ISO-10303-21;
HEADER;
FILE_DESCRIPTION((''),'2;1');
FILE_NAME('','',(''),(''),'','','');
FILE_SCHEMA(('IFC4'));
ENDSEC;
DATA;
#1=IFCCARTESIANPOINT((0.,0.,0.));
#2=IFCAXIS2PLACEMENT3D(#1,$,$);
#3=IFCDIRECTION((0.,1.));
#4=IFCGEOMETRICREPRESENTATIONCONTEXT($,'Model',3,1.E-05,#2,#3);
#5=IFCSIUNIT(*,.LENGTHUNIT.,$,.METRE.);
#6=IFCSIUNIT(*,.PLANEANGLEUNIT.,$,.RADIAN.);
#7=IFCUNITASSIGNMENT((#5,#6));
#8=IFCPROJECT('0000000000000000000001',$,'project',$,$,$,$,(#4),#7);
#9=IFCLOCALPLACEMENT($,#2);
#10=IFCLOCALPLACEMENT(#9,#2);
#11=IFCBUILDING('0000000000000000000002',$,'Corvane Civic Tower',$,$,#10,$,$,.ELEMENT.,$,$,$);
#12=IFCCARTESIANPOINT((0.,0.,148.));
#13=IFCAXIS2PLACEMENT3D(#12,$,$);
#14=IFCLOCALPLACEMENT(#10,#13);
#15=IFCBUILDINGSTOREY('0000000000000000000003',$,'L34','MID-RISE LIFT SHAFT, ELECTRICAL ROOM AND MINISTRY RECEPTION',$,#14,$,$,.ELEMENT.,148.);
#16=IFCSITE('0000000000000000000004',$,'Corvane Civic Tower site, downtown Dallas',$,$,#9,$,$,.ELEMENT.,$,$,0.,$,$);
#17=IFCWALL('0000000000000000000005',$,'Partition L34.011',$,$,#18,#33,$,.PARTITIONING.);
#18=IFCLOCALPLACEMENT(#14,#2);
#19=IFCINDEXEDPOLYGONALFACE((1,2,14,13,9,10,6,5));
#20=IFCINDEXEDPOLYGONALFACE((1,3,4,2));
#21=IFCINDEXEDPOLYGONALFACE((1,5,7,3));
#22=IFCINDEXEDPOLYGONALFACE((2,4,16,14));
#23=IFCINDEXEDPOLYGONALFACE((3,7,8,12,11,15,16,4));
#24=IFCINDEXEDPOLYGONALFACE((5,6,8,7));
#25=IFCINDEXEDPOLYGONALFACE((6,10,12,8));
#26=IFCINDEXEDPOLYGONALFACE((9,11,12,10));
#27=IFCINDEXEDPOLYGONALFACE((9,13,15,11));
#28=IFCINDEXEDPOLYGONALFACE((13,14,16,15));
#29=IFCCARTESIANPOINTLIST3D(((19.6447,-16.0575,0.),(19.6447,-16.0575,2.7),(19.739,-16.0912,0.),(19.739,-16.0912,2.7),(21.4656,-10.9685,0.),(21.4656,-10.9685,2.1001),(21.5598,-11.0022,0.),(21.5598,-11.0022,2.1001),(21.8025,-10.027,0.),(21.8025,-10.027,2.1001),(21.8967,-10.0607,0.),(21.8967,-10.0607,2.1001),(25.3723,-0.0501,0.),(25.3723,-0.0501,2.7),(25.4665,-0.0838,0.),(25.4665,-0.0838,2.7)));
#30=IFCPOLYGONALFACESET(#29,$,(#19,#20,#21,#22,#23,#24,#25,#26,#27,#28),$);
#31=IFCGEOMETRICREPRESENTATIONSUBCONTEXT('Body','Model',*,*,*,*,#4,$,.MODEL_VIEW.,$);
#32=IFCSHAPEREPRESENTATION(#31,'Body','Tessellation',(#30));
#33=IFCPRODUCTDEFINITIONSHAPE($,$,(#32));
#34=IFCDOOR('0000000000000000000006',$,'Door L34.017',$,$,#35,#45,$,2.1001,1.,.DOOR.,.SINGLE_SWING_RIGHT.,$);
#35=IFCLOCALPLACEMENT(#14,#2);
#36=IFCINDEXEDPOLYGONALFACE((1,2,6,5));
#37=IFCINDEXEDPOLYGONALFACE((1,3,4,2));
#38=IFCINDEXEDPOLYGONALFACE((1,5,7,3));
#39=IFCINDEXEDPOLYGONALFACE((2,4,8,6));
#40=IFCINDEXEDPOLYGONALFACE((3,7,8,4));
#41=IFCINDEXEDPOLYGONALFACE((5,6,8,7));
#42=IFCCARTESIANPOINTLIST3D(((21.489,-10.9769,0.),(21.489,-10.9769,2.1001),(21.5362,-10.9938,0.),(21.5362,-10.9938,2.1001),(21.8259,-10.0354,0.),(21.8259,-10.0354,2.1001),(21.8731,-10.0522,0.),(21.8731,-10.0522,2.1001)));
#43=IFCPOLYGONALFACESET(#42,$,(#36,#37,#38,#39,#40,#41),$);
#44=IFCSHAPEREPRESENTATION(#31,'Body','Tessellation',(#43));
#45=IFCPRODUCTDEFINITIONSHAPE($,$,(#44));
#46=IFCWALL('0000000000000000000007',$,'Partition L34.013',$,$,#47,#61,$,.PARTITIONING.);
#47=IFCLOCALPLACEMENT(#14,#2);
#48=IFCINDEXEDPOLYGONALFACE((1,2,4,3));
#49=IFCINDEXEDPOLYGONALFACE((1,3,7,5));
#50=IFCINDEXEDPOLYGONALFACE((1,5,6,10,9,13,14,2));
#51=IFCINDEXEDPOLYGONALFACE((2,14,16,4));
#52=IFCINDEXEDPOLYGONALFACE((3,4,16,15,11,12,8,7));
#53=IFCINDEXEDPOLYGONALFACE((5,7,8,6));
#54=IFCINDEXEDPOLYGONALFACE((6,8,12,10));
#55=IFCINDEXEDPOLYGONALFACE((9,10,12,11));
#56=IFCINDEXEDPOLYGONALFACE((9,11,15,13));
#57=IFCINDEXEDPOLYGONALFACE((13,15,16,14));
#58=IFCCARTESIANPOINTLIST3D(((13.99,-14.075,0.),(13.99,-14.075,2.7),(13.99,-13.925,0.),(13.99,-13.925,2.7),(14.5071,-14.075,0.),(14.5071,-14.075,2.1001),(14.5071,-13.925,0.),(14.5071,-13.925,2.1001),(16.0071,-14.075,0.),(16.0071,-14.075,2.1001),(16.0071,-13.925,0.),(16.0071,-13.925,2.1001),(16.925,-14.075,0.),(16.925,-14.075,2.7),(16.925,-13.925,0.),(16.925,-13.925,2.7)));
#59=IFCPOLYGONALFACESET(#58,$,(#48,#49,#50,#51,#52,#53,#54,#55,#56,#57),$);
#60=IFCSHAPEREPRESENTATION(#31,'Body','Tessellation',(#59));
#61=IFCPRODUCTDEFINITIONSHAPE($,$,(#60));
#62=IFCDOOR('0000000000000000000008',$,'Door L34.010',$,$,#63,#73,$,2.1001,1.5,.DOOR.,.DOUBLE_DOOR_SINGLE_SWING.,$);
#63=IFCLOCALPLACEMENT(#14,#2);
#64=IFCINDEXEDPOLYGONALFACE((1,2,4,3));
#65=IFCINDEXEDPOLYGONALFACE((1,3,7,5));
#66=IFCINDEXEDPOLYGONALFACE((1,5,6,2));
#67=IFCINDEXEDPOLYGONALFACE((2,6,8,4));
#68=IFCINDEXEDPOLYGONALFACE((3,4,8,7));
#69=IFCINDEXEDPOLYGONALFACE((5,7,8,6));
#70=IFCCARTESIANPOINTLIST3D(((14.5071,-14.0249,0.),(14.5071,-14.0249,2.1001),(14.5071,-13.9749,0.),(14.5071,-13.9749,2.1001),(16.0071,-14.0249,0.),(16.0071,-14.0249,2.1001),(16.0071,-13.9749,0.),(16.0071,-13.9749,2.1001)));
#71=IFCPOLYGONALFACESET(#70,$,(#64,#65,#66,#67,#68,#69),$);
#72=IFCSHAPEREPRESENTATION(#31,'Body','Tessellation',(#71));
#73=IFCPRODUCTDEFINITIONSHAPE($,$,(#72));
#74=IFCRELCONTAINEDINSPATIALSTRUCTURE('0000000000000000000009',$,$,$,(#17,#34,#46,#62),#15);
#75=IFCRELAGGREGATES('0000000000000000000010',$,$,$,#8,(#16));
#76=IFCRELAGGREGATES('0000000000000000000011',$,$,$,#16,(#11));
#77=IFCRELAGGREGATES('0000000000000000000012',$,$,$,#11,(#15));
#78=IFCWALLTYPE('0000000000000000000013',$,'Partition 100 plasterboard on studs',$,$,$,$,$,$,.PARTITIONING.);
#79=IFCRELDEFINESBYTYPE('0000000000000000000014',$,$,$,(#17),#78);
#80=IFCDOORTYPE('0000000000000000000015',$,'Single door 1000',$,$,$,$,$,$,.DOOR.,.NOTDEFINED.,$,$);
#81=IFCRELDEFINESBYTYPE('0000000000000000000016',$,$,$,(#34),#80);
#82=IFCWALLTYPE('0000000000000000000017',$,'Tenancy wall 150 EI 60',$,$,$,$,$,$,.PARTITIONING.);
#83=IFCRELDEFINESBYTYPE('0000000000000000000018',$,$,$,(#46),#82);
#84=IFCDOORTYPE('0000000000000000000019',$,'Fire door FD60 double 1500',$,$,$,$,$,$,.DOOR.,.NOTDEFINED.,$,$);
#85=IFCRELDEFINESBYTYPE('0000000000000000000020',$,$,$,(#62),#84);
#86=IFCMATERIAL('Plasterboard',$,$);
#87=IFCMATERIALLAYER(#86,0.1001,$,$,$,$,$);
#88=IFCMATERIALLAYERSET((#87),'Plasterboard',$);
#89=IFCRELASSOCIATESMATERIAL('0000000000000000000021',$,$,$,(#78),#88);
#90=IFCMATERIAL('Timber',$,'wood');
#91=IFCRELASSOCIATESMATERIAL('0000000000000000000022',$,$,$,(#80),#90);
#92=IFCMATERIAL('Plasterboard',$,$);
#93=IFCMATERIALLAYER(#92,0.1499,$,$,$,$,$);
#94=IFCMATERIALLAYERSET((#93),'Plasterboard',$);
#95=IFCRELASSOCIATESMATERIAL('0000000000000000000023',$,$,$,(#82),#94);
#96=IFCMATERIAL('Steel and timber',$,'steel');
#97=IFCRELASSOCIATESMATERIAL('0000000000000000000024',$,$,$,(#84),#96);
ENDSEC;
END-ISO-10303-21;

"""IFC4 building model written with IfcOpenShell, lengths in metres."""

from ifc_helpers import new_model, si_unit, direction, frame, frame_2d, origin, place, context, subcontext, project, spatial, rectangle, extrude, material, layer, layer_set, type_object, element, fill, save


model = new_model("IFC4")

# Units and contexts
model_context = context("Model", 3, precision=1e-05, world=origin(), true_north=direction((0.0, 1.0)))
body_context = subcontext(model_context, "Body", "Model", "MODEL_VIEW")
ifc_project = project(units=[si_unit("LENGTHUNIT", "METRE"), si_unit("PLANEANGLEUNIT", "RADIAN")], contexts=[model_context])

# Site, building, storey
site_placement = place(None, origin())
site = spatial("IfcSite", under=ifc_project, at=site_placement, Name="Corvane Civic Tower site, downtown Dallas", CompositionType="ELEMENT", RefElevation=0.0)
building_placement = place(site_placement, origin())
building = spatial("IfcBuilding", under=site, at=building_placement, Name="Corvane Civic Tower", CompositionType="ELEMENT")
storey_placement = place(building_placement, frame((0.0, 0.0, 148.0)))
storey = spatial("IfcBuildingStorey", under=building, at=storey_placement, Name="L34", Description="MID-RISE LIFT SHAFT, ELECTRICAL ROOM AND MINISTRY RECEPTION", CompositionType="ELEMENT", Elevation=148.0)

# Walls, openings, doors
ifc_material_1 = material(Name="Plasterboard")
ifc_layer_1 = layer(ifc_material_1, 0.1001)
ifc_layer_set_1 = layer_set([ifc_layer_1], Name="Plasterboard")
wall_type_1 = type_object("IfcWallType", Name="Partition 100 plasterboard on studs", PredefinedType="PARTITIONING", material=ifc_layer_set_1)
wall_1_placement = place(storey_placement, frame((19.6919, -16.0742, 0.0), z_axis=(0.0, 0.0, 1.0), x_axis=(0.336891, 0.941544, 0.0)))
wall_1 = element("IfcWall", 1, at=wall_1_placement, inside=storey, type_object=wall_type_1, Name="Partition L34.011", PredefinedType="PARTITIONING", context=body_context, shape_type="SweptSolid", body=[
    extrude(rectangle(XDim=17.0012, YDim=0.1001, at=frame_2d((8.5005, 0.0))), origin(), (0.0, 0.0, 1.0), 2.7),
])
opening_1_placement = place(wall_1_placement, frame((5.4048, 0.0, 0.0)))
opening_1 = element("IfcOpeningElement", 2, at=opening_1_placement, cuts=wall_1, PredefinedType="OPENING", context=body_context, shape_type="SweptSolid", body=[
    extrude(rectangle(XDim=1.0, YDim=2.1001, at=frame_2d((0.5, 1.05))), frame((0.0, 0.0601, 0.0), z_axis=(0.0, -1.0, 0.0), x_axis=(1.0, 0.0, 0.0)), (0.0, 0.0, 1.0), 0.1201),
])
ifc_material_2 = material(Name="Timber", Category="wood")
door_type_1 = type_object("IfcDoorType", Name="Single door 1000", OperationType="NOTDEFINED", PredefinedType="DOOR", material=ifc_material_2)
door_1_placement = place(opening_1_placement, frame((1.0, 0.0, 0.0), z_axis=(0.0, 0.0, 1.0), x_axis=(-1.0, 0.0, 0.0)))
door_1 = element("IfcDoor", 3, at=door_1_placement, inside=storey, type_object=door_type_1, Name="Door L34.017", OperationType="SINGLE_SWING_RIGHT", OverallHeight=2.1001, OverallWidth=1.0, PredefinedType="DOOR", context=body_context, shape_type="SweptSolid", body=[
    extrude(rectangle(XDim=1.0, YDim=2.1001, at=frame_2d((0.5, 1.05))), frame((0.0, 0.0249, 0.0), z_axis=(0.0, -1.0, 0.0), x_axis=(1.0, 0.0, 0.0)), (0.0, 0.0, 1.0), 0.05),
])
fill(opening_1, door_1)
ifc_material_3 = material(Name="Plasterboard")
ifc_layer_2 = layer(ifc_material_3, 0.1499)
ifc_layer_set_2 = layer_set([ifc_layer_2], Name="Plasterboard")
wall_type_2 = type_object("IfcWallType", Name="Tenancy wall 150 EI 60", PredefinedType="PARTITIONING", material=ifc_layer_set_2)
wall_2_placement = place(storey_placement, frame((13.99, -14.0, 0.0), z_axis=(0.0, 0.0, 1.0), x_axis=(1.0, 0.0, 0.0)))
wall_2 = element("IfcWall", 4, at=wall_2_placement, inside=storey, type_object=wall_type_2, Name="Partition L34.013", PredefinedType="PARTITIONING", context=body_context, shape_type="SweptSolid", body=[
    extrude(rectangle(XDim=2.9351, YDim=0.1499, at=frame_2d((1.4675, 0.0))), origin(), (0.0, 0.0, 1.0), 2.7),
])
opening_2_placement = place(wall_2_placement, frame((0.5171, 0.0, 0.0)))
opening_2 = element("IfcOpeningElement", 5, at=opening_2_placement, cuts=wall_2, PredefinedType="OPENING", context=body_context, shape_type="SweptSolid", body=[
    extrude(rectangle(XDim=1.5, YDim=2.1001, at=frame_2d((0.75, 1.05))), frame((0.0, 0.085, 0.0), z_axis=(0.0, -1.0, 0.0), x_axis=(1.0, 0.0, 0.0)), (0.0, 0.0, 1.0), 0.1699),
])
ifc_material_4 = material(Name="Steel and timber", Category="steel")
door_type_2 = type_object("IfcDoorType", Name="Fire door FD60 double 1500", OperationType="NOTDEFINED", PredefinedType="DOOR", material=ifc_material_4)
door_2_placement = place(opening_2_placement, frame((1.5, 0.0, 0.0), z_axis=(0.0, 0.0, 1.0), x_axis=(-1.0, 0.0, 0.0)))
door_2 = element("IfcDoor", 6, at=door_2_placement, inside=storey, type_object=door_type_2, Name="Door L34.010", OperationType="DOUBLE_DOOR_SINGLE_SWING", OverallHeight=2.1001, OverallWidth=1.5, PredefinedType="DOOR", context=body_context, shape_type="SweptSolid", body=[
    extrude(rectangle(XDim=1.5, YDim=2.1001, at=frame_2d((0.75, 1.05))), frame((0.0, 0.0249, 0.0), z_axis=(0.0, -1.0, 0.0), x_axis=(1.0, 0.0, 0.0)), (0.0, 0.0, 1.0), 0.05),
])
fill(opening_2, door_2)

save(model, "model.ifc")
